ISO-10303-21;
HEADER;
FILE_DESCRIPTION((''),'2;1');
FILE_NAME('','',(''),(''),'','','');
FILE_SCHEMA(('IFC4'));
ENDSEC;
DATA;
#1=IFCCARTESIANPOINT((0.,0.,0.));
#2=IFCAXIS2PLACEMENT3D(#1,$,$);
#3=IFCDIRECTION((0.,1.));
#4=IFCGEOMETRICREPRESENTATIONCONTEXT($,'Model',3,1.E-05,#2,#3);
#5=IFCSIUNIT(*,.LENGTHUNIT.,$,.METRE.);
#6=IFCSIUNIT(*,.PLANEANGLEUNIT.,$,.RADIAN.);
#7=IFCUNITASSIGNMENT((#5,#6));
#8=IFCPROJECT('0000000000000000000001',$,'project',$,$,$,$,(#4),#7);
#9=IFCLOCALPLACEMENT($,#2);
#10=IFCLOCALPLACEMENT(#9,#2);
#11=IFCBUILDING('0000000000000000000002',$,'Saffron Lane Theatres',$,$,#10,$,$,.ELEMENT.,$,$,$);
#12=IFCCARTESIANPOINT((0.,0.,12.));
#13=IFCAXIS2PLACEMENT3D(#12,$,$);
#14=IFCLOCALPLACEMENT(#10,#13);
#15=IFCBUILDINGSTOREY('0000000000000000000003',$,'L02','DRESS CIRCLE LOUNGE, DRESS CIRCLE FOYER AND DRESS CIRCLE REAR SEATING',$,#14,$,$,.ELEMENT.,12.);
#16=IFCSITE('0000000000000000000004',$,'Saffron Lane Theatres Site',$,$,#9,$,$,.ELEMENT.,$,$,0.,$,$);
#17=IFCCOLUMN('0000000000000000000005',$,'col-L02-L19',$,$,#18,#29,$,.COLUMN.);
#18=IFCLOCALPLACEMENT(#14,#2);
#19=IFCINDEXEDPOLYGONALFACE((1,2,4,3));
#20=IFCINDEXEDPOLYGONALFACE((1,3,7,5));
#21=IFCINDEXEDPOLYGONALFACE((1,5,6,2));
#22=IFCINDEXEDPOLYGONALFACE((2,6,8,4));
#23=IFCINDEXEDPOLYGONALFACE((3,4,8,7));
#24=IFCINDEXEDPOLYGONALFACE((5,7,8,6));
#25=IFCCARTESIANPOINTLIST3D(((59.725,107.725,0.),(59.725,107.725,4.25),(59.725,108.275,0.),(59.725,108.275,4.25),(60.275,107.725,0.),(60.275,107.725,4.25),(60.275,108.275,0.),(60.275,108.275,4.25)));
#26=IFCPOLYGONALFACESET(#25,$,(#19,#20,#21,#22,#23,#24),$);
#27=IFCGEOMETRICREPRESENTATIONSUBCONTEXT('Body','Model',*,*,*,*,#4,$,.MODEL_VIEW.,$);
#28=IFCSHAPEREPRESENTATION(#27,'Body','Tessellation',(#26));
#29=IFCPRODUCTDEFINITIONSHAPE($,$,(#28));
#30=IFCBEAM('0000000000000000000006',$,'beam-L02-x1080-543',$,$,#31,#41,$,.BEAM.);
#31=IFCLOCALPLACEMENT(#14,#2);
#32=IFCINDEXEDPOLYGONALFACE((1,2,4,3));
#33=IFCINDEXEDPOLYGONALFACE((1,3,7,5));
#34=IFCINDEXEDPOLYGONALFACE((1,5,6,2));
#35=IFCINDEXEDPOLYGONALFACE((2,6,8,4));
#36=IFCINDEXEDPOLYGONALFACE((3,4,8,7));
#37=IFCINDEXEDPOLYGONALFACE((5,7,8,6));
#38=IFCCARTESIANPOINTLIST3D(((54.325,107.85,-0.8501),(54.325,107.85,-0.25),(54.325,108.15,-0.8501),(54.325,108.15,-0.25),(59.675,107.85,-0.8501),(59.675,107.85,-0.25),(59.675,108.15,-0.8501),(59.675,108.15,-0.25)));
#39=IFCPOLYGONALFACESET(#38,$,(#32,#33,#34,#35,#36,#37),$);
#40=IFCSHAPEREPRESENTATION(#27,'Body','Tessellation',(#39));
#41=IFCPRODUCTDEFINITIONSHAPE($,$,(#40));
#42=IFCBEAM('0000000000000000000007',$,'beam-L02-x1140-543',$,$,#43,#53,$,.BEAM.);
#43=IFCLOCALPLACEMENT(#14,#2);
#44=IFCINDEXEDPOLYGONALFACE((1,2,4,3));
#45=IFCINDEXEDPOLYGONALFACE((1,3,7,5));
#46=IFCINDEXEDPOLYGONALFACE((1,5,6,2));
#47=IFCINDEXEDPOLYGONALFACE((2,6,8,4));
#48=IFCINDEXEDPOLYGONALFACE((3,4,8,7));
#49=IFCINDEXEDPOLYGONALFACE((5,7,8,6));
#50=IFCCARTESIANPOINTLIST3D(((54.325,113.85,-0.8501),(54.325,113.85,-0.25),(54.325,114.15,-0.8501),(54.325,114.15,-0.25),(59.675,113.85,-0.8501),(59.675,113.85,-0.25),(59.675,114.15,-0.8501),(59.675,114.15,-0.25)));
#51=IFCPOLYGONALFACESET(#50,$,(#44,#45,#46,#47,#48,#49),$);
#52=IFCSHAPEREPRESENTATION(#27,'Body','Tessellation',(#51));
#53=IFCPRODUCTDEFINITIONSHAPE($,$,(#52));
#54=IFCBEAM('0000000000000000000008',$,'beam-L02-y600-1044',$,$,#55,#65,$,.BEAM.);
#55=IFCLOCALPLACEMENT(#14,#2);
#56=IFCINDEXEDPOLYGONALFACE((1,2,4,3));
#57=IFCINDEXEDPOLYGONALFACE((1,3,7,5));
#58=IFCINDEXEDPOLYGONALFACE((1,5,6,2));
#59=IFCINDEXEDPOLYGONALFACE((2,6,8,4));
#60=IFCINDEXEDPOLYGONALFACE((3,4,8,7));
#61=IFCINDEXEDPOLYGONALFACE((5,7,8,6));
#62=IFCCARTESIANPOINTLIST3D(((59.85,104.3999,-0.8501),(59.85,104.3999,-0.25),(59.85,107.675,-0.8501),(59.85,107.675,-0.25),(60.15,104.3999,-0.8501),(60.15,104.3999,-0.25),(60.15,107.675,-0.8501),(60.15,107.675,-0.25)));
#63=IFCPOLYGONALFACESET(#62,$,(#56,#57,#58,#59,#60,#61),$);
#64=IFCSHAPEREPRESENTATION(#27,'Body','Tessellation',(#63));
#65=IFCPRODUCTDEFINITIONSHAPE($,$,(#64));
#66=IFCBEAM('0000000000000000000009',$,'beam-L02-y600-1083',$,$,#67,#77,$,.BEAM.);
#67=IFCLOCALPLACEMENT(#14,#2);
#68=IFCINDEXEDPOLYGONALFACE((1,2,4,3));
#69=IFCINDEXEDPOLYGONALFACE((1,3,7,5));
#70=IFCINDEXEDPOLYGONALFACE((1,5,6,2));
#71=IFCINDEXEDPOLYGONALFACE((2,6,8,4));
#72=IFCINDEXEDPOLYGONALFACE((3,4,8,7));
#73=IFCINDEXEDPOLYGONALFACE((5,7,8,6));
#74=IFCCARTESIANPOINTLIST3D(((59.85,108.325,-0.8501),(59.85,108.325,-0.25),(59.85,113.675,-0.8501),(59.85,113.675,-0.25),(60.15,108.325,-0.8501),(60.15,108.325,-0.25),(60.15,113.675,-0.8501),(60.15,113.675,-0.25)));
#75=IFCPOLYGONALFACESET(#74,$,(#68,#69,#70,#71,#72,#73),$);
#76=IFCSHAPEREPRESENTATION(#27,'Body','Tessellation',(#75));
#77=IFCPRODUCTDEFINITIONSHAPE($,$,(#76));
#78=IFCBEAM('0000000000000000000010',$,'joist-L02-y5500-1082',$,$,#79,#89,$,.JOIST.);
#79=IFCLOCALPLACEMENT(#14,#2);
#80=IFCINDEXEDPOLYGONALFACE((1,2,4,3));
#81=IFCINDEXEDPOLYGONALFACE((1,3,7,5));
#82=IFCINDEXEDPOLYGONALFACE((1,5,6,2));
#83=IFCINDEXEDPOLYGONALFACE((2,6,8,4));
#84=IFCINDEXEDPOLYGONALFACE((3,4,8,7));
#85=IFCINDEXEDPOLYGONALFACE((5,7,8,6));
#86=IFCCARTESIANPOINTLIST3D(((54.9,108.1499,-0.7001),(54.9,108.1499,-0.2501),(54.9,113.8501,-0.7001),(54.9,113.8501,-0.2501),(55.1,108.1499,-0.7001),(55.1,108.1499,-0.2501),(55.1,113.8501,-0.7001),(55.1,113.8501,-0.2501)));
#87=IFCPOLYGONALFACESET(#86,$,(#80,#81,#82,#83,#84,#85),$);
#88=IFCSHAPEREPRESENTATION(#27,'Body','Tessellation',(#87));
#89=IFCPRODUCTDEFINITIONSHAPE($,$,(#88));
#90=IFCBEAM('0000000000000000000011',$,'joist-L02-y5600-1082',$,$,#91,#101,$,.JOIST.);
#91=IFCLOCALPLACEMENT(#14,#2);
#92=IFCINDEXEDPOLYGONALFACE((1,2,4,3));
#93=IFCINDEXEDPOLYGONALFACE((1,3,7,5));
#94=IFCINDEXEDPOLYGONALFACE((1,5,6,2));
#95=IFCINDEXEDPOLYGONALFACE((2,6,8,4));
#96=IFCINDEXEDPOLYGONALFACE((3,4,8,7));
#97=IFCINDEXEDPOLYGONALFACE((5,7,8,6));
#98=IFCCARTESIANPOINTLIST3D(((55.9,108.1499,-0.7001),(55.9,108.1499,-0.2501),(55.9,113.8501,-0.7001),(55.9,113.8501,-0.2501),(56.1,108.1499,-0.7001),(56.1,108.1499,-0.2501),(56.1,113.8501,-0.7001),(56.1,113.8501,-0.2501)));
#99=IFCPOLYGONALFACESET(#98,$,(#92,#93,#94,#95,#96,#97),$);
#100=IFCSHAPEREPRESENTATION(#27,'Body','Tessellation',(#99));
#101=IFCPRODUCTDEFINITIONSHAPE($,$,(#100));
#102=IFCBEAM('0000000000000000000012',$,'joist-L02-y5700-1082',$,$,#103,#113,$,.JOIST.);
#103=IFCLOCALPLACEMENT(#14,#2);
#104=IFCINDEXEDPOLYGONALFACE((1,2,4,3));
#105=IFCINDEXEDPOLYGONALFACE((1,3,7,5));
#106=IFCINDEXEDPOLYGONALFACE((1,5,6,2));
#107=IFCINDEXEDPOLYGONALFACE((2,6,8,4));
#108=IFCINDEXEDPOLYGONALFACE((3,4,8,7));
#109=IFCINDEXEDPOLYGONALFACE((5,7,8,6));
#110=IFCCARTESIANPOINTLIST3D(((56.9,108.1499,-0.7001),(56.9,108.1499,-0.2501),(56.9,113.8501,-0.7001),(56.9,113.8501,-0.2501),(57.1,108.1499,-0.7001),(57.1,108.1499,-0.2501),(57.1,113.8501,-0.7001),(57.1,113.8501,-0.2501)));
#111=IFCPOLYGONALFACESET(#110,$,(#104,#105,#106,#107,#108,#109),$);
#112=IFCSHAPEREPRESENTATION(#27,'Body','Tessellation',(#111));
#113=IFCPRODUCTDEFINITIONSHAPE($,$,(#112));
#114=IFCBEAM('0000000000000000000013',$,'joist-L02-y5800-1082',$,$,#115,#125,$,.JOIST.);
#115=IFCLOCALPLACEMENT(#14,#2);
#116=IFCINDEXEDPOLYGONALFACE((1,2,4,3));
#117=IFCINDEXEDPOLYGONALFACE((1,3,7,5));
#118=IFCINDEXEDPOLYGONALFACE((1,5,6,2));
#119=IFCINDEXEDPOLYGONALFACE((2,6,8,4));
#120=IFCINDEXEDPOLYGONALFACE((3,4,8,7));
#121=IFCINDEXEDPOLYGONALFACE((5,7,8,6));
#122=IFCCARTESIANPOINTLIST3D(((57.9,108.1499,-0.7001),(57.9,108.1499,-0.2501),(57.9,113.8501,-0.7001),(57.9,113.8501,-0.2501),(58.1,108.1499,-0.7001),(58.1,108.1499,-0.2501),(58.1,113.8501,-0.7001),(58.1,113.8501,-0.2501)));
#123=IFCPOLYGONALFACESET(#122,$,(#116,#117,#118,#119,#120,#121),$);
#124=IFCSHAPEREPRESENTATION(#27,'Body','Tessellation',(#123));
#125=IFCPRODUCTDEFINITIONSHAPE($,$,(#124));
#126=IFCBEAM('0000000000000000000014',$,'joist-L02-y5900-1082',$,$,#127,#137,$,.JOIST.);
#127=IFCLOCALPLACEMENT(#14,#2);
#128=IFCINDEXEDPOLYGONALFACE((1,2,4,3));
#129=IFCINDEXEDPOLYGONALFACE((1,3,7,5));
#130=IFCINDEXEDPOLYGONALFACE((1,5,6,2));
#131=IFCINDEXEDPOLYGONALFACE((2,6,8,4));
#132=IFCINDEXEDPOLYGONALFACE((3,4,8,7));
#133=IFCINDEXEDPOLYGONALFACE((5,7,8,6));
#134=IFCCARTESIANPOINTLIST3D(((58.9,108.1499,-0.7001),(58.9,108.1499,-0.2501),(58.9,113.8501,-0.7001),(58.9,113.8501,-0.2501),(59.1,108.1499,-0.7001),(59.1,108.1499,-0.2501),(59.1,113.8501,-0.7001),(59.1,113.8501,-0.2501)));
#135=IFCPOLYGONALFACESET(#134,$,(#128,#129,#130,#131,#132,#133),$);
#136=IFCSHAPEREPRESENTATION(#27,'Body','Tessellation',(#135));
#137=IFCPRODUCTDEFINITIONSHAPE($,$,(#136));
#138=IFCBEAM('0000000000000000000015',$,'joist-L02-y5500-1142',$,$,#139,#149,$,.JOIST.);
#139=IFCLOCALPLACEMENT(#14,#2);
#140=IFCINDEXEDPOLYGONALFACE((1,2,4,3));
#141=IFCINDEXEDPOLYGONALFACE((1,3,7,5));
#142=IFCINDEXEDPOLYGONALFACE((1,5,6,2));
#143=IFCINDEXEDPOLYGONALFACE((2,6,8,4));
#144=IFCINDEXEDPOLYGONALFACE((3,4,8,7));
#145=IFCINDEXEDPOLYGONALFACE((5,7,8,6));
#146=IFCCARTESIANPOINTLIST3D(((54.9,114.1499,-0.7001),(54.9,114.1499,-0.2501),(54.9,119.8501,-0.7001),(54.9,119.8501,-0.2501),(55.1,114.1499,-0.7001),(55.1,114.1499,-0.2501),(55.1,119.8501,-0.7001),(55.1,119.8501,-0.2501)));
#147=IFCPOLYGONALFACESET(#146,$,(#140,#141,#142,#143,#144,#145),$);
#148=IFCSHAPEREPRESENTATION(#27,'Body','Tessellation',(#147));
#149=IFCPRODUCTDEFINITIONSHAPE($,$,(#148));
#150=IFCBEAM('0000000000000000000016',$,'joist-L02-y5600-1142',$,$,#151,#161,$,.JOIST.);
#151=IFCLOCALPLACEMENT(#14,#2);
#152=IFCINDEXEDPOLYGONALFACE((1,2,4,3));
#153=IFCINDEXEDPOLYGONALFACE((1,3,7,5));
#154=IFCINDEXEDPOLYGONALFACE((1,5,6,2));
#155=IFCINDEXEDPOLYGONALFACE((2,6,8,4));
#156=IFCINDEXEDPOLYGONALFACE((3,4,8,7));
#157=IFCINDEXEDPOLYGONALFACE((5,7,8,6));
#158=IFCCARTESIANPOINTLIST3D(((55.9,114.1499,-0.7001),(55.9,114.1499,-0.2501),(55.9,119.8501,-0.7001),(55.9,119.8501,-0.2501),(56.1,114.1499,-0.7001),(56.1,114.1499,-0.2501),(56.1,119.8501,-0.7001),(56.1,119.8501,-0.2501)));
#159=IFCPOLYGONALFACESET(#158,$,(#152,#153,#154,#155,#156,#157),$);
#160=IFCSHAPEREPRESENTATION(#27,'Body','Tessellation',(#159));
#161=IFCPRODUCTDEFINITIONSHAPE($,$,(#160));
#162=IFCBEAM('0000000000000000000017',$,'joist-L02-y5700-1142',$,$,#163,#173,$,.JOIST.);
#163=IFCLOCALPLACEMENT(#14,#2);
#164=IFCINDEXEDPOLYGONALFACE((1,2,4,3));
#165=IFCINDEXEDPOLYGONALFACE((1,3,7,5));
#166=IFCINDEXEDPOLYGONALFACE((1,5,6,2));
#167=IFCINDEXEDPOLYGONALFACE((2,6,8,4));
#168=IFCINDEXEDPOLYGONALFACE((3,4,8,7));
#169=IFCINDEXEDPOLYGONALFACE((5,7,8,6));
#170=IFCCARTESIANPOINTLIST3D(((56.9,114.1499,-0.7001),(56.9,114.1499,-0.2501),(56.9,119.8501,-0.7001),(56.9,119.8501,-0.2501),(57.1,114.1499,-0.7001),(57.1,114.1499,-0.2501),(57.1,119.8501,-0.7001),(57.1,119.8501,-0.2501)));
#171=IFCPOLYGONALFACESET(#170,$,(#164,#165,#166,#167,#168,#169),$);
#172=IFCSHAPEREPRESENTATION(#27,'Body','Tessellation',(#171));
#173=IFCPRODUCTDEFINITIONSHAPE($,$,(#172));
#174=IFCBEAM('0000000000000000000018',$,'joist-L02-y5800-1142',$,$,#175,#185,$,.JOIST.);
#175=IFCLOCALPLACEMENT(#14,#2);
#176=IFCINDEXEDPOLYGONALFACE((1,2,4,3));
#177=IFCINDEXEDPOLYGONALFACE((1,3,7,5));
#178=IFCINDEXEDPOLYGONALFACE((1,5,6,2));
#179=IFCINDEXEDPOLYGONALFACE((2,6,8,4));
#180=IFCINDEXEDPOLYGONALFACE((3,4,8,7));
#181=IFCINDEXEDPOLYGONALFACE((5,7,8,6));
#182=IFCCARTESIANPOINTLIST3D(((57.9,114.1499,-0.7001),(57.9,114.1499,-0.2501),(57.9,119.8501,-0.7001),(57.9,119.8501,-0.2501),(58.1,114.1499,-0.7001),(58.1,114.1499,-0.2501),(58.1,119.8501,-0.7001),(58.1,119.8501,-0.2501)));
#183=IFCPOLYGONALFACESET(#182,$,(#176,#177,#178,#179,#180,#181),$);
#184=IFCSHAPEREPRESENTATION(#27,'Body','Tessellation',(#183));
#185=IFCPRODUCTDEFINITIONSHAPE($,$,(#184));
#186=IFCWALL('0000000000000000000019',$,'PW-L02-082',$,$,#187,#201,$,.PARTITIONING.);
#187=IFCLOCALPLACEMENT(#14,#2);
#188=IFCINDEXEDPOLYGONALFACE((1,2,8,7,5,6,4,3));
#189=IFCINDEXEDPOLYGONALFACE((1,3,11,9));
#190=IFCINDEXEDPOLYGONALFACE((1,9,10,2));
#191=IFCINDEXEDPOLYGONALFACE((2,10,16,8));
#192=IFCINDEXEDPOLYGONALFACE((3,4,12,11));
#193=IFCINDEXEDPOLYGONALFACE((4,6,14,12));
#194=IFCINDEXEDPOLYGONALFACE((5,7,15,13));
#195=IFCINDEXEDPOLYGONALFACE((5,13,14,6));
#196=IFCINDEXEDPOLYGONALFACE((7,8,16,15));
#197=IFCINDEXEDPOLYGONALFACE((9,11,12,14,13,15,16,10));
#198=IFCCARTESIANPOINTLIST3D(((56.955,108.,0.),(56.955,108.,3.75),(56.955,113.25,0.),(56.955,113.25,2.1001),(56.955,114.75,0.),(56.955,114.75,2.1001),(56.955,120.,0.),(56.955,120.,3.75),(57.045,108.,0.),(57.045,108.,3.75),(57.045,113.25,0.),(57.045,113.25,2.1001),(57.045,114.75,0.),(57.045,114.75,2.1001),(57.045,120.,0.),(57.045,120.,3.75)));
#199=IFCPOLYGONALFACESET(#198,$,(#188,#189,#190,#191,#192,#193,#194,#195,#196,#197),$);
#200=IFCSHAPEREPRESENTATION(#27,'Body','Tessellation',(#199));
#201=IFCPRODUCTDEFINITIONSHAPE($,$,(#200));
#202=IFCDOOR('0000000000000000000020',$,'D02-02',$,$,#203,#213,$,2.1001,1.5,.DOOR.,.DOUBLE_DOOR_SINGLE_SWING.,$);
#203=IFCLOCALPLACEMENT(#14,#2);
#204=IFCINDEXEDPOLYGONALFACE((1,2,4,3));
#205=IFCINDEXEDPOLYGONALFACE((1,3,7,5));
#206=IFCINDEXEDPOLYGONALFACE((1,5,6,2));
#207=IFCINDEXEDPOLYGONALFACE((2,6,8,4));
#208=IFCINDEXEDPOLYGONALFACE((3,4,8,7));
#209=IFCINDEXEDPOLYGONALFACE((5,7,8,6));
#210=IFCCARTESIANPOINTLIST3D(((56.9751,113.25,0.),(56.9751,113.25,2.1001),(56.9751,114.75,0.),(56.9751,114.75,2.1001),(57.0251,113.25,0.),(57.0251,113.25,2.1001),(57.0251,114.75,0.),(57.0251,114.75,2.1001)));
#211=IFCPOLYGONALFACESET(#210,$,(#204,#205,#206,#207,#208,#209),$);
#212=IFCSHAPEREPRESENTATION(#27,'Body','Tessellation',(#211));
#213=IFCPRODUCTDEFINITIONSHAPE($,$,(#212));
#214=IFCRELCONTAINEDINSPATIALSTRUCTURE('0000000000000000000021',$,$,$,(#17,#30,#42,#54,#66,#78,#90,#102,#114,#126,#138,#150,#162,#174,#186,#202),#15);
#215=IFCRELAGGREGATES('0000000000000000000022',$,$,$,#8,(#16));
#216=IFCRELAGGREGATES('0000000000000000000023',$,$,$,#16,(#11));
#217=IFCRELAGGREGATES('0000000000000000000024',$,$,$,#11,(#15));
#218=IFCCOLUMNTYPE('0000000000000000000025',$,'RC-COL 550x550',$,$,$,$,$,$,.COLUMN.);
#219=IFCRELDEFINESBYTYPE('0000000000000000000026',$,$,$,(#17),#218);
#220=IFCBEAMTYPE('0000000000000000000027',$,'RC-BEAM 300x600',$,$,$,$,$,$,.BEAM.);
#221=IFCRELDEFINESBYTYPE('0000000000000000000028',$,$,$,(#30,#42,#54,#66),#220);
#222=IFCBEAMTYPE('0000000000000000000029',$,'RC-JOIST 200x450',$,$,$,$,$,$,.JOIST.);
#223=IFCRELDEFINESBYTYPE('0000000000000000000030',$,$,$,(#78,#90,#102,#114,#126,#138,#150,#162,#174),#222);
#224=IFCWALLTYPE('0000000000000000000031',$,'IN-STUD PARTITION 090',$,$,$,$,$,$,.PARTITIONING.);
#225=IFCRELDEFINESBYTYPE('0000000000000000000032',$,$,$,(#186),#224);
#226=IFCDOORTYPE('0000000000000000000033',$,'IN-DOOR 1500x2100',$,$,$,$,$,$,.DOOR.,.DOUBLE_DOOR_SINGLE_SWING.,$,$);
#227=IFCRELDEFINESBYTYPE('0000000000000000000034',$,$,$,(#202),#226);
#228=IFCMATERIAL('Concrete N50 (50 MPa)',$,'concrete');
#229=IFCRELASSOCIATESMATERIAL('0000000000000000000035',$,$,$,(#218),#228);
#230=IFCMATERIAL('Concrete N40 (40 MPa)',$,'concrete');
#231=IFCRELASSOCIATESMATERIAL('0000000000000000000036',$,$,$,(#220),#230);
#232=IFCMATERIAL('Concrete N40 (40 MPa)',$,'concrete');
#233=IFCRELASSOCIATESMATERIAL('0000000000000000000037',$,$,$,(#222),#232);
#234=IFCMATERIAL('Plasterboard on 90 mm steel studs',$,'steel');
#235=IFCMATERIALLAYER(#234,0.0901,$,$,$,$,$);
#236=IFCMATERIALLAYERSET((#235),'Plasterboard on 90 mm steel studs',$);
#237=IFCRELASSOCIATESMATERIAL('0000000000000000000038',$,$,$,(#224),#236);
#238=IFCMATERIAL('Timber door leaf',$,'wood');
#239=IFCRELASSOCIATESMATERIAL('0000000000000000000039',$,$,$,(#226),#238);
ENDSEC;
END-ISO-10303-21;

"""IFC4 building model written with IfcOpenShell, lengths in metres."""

from ifc_helpers import new_model, si_unit, direction, frame, frame_2d, origin, origin_2d, place, context, subcontext, project, spatial, rectangle, extrude, material, layer, layer_set, material_profile, profile_set, type_object, element, fill, save


model = new_model("IFC4")

# Units and contexts
model_context = context("Model", 3, precision=1e-05, world=origin(), true_north=direction((0.0, 1.0)))
body_context = subcontext(model_context, "Body", "Model", "MODEL_VIEW")
ifc_project = project(units=[si_unit("LENGTHUNIT", "METRE"), si_unit("PLANEANGLEUNIT", "RADIAN")], contexts=[model_context])

# Site, building, storey
site_placement = place(None, origin())
site = spatial("IfcSite", under=ifc_project, at=site_placement, Name="Saffron Lane Theatres Site", CompositionType="ELEMENT", RefElevation=0.0)
building_placement = place(site_placement, origin())
building = spatial("IfcBuilding", under=site, at=building_placement, Name="Saffron Lane Theatres", CompositionType="ELEMENT")
storey_placement = place(building_placement, frame((0.0, 0.0, 12.0)))
storey = spatial("IfcBuildingStorey", under=building, at=storey_placement, Name="L02", Description="DRESS CIRCLE LOUNGE, DRESS CIRCLE FOYER AND DRESS CIRCLE REAR SEATING", CompositionType="ELEMENT", Elevation=12.0)

# Column
ifc_material_1 = material(Name="Concrete N50 (50 MPa)", Category="concrete")
ifc_material_profile_1 = material_profile(ifc_material_1, rectangle(XDim=0.55, YDim=0.55, at=origin_2d()))
ifc_profile_set_1 = profile_set([ifc_material_profile_1], Name="Concrete N50 (50 MPa)")
column_type = type_object("IfcColumnType", Name="RC-COL 550x550", PredefinedType="COLUMN", material=ifc_profile_set_1)
column_placement = place(storey_placement, frame((60.0, 108.0, 0.0), z_axis=(0.0, 0.0, 1.0), x_axis=(1.0, 0.0, 0.0)))
element("IfcColumn", 1, at=column_placement, inside=storey, type_object=column_type, Name="col-L02-L19", PredefinedType="COLUMN", context=body_context, shape_type="SweptSolid", body=[
    extrude(rectangle(XDim=0.55, YDim=0.55, at=origin_2d()), origin(), (0.0, 0.0, 1.0), 4.25),
])

# Beams
ifc_material_2 = material(Name="Concrete N40 (40 MPa)", Category="concrete")
ifc_material_profile_2 = material_profile(ifc_material_2, rectangle(XDim=0.3, YDim=0.6001, at=origin_2d()))
ifc_profile_set_2 = profile_set([ifc_material_profile_2], Name="Concrete N40 (40 MPa)")
beam_type_1 = type_object("IfcBeamType", Name="RC-BEAM 300x600", PredefinedType="BEAM", material=ifc_profile_set_2)
for number, where, z_axis, x_axis, name in (
    (2, (54.325, 108.0, -0.55), (1.0, 0.0, 0.0), (0.0, 1.0, 0.0), "beam-L02-x1080-543"),
    (3, (54.325, 114.0, -0.55), (1.0, 0.0, 0.0), (0.0, 1.0, 0.0), "beam-L02-x1140-543"),
):
    element("IfcBeam", number, at=place(storey_placement, frame(where, z_axis=z_axis, x_axis=x_axis)), inside=storey, type_object=beam_type_1, Name=name, PredefinedType="BEAM", context=body_context, shape_type="SweptSolid", body=[
        extrude(rectangle(XDim=0.3, YDim=0.6001, at=origin_2d()), origin(), (0.0, 0.0, 1.0), 5.3501),
    ])
beam_1_placement = place(storey_placement, frame((60.0, 104.3999, -0.55), z_axis=(0.0, 1.0, 0.0), x_axis=(-1.0, 0.0, 0.0)))
element("IfcBeam", 4, at=beam_1_placement, inside=storey, type_object=beam_type_1, Name="beam-L02-y600-1044", PredefinedType="BEAM", context=body_context, shape_type="SweptSolid", body=[
    extrude(rectangle(XDim=0.3, YDim=0.6001, at=origin_2d()), origin(), (0.0, 0.0, 1.0), 3.2751),
])
beam_2_placement = place(storey_placement, frame((60.0, 108.325, -0.55), z_axis=(0.0, 1.0, 0.0), x_axis=(-1.0, 0.0, 0.0)))
element("IfcBeam", 5, at=beam_2_placement, inside=storey, type_object=beam_type_1, Name="beam-L02-y600-1083", PredefinedType="BEAM", context=body_context, shape_type="SweptSolid", body=[
    extrude(rectangle(XDim=0.3, YDim=0.6001, at=origin_2d()), origin(), (0.0, 0.0, 1.0), 5.3501),
])
ifc_material_3 = material(Name="Concrete N40 (40 MPa)", Category="concrete")
ifc_material_profile_3 = material_profile(ifc_material_3, rectangle(XDim=0.2, YDim=0.45, at=origin_2d()))
ifc_profile_set_3 = profile_set([ifc_material_profile_3], Name="Concrete N40 (40 MPa)")
beam_type_2 = type_object("IfcBeamType", Name="RC-JOIST 200x450", PredefinedType="JOIST", material=ifc_profile_set_3)
for number, where, z_axis, x_axis, name in (
    (6, (55.0, 108.1499, -0.4751), (0.0, 1.0, 0.0), (-1.0, 0.0, 0.0), "joist-L02-y5500-1082"),
    (7, (56.0, 108.1499, -0.4751), (0.0, 1.0, 0.0), (-1.0, 0.0, 0.0), "joist-L02-y5600-1082"),
    (8, (57.0, 108.1499, -0.4751), (0.0, 1.0, 0.0), (-1.0, 0.0, 0.0), "joist-L02-y5700-1082"),
    (9, (58.0, 108.1499, -0.4751), (0.0, 1.0, 0.0), (-1.0, 0.0, 0.0), "joist-L02-y5800-1082"),
    (10, (59.0, 108.1499, -0.4751), (0.0, 1.0, 0.0), (-1.0, 0.0, 0.0), "joist-L02-y5900-1082"),
    (11, (55.0, 114.1499, -0.4751), (0.0, 1.0, 0.0), (-1.0, 0.0, 0.0), "joist-L02-y5500-1142"),
    (12, (56.0, 114.1499, -0.4751), (0.0, 1.0, 0.0), (-1.0, 0.0, 0.0), "joist-L02-y5600-1142"),
    (13, (57.0, 114.1499, -0.4751), (0.0, 1.0, 0.0), (-1.0, 0.0, 0.0), "joist-L02-y5700-1142"),
    (14, (58.0, 114.1499, -0.4751), (0.0, 1.0, 0.0), (-1.0, 0.0, 0.0), "joist-L02-y5800-1142"),
):
    element("IfcBeam", number, at=place(storey_placement, frame(where, z_axis=z_axis, x_axis=x_axis)), inside=storey, type_object=beam_type_2, Name=name, PredefinedType="JOIST", context=body_context, shape_type="SweptSolid", body=[
        extrude(rectangle(XDim=0.2, YDim=0.45, at=origin_2d()), origin(), (0.0, 0.0, 1.0), 5.7002),
    ])

# Wall, opening, door
ifc_material_4 = material(Name="Plasterboard on 90 mm steel studs", Category="steel")
ifc_layer_1 = layer(ifc_material_4, 0.0901)
ifc_layer_set_1 = layer_set([ifc_layer_1], Name="Plasterboard on 90 mm steel studs")
wall_type_1 = type_object("IfcWallType", Name="IN-STUD PARTITION 090", PredefinedType="PARTITIONING", material=ifc_layer_set_1)
wall_1_placement = place(storey_placement, frame((57.0, 108.0, 0.0), z_axis=(0.0, 0.0, 1.0), x_axis=(0.0, 1.0, 0.0)))
wall_1 = element("IfcWall", 15, at=wall_1_placement, inside=storey, type_object=wall_type_1, Name="PW-L02-082", PredefinedType="PARTITIONING", context=body_context, shape_type="SweptSolid", body=[
    extrude(rectangle(XDim=12.0, YDim=0.0901, at=frame_2d((6.0, 0.0))), origin(), (0.0, 0.0, 1.0), 3.75),
])
opening_1_placement = place(wall_1_placement, frame((5.25, 0.0, 0.0)))
opening_1 = element("IfcOpeningElement", 16, at=opening_1_placement, cuts=wall_1, PredefinedType="OPENING", context=body_context, shape_type="SweptSolid", body=[
    extrude(rectangle(XDim=1.5, YDim=2.1001, at=frame_2d((0.75, 1.05))), frame((0.0, 0.0552, 0.0), z_axis=(0.0, -1.0, 0.0), x_axis=(1.0, 0.0, 0.0)), (0.0, 0.0, 1.0), 0.1101),
])
ifc_material_5 = material(Name="Timber door leaf", Category="wood")
door_type_1 = type_object("IfcDoorType", Name="IN-DOOR 1500x2100", OperationType="DOUBLE_DOOR_SINGLE_SWING", PredefinedType="DOOR", material=ifc_material_5)
door_1_placement = place(opening_1_placement, origin())
door_1 = element("IfcDoor", 17, at=door_1_placement, inside=storey, type_object=door_type_1, Name="D02-02", OperationType="DOUBLE_DOOR_SINGLE_SWING", OverallHeight=2.1001, OverallWidth=1.5, PredefinedType="DOOR", context=body_context, shape_type="SweptSolid", body=[
    extrude(rectangle(XDim=1.5, YDim=2.1001, at=frame_2d((0.75, 1.05))), frame((0.0, 0.0249, 0.0), z_axis=(0.0, -1.0, 0.0), x_axis=(1.0, 0.0, 0.0)), (0.0, 0.0, 1.0), 0.05),
])
fill(opening_1, door_1)

save(model, "model.ifc")
